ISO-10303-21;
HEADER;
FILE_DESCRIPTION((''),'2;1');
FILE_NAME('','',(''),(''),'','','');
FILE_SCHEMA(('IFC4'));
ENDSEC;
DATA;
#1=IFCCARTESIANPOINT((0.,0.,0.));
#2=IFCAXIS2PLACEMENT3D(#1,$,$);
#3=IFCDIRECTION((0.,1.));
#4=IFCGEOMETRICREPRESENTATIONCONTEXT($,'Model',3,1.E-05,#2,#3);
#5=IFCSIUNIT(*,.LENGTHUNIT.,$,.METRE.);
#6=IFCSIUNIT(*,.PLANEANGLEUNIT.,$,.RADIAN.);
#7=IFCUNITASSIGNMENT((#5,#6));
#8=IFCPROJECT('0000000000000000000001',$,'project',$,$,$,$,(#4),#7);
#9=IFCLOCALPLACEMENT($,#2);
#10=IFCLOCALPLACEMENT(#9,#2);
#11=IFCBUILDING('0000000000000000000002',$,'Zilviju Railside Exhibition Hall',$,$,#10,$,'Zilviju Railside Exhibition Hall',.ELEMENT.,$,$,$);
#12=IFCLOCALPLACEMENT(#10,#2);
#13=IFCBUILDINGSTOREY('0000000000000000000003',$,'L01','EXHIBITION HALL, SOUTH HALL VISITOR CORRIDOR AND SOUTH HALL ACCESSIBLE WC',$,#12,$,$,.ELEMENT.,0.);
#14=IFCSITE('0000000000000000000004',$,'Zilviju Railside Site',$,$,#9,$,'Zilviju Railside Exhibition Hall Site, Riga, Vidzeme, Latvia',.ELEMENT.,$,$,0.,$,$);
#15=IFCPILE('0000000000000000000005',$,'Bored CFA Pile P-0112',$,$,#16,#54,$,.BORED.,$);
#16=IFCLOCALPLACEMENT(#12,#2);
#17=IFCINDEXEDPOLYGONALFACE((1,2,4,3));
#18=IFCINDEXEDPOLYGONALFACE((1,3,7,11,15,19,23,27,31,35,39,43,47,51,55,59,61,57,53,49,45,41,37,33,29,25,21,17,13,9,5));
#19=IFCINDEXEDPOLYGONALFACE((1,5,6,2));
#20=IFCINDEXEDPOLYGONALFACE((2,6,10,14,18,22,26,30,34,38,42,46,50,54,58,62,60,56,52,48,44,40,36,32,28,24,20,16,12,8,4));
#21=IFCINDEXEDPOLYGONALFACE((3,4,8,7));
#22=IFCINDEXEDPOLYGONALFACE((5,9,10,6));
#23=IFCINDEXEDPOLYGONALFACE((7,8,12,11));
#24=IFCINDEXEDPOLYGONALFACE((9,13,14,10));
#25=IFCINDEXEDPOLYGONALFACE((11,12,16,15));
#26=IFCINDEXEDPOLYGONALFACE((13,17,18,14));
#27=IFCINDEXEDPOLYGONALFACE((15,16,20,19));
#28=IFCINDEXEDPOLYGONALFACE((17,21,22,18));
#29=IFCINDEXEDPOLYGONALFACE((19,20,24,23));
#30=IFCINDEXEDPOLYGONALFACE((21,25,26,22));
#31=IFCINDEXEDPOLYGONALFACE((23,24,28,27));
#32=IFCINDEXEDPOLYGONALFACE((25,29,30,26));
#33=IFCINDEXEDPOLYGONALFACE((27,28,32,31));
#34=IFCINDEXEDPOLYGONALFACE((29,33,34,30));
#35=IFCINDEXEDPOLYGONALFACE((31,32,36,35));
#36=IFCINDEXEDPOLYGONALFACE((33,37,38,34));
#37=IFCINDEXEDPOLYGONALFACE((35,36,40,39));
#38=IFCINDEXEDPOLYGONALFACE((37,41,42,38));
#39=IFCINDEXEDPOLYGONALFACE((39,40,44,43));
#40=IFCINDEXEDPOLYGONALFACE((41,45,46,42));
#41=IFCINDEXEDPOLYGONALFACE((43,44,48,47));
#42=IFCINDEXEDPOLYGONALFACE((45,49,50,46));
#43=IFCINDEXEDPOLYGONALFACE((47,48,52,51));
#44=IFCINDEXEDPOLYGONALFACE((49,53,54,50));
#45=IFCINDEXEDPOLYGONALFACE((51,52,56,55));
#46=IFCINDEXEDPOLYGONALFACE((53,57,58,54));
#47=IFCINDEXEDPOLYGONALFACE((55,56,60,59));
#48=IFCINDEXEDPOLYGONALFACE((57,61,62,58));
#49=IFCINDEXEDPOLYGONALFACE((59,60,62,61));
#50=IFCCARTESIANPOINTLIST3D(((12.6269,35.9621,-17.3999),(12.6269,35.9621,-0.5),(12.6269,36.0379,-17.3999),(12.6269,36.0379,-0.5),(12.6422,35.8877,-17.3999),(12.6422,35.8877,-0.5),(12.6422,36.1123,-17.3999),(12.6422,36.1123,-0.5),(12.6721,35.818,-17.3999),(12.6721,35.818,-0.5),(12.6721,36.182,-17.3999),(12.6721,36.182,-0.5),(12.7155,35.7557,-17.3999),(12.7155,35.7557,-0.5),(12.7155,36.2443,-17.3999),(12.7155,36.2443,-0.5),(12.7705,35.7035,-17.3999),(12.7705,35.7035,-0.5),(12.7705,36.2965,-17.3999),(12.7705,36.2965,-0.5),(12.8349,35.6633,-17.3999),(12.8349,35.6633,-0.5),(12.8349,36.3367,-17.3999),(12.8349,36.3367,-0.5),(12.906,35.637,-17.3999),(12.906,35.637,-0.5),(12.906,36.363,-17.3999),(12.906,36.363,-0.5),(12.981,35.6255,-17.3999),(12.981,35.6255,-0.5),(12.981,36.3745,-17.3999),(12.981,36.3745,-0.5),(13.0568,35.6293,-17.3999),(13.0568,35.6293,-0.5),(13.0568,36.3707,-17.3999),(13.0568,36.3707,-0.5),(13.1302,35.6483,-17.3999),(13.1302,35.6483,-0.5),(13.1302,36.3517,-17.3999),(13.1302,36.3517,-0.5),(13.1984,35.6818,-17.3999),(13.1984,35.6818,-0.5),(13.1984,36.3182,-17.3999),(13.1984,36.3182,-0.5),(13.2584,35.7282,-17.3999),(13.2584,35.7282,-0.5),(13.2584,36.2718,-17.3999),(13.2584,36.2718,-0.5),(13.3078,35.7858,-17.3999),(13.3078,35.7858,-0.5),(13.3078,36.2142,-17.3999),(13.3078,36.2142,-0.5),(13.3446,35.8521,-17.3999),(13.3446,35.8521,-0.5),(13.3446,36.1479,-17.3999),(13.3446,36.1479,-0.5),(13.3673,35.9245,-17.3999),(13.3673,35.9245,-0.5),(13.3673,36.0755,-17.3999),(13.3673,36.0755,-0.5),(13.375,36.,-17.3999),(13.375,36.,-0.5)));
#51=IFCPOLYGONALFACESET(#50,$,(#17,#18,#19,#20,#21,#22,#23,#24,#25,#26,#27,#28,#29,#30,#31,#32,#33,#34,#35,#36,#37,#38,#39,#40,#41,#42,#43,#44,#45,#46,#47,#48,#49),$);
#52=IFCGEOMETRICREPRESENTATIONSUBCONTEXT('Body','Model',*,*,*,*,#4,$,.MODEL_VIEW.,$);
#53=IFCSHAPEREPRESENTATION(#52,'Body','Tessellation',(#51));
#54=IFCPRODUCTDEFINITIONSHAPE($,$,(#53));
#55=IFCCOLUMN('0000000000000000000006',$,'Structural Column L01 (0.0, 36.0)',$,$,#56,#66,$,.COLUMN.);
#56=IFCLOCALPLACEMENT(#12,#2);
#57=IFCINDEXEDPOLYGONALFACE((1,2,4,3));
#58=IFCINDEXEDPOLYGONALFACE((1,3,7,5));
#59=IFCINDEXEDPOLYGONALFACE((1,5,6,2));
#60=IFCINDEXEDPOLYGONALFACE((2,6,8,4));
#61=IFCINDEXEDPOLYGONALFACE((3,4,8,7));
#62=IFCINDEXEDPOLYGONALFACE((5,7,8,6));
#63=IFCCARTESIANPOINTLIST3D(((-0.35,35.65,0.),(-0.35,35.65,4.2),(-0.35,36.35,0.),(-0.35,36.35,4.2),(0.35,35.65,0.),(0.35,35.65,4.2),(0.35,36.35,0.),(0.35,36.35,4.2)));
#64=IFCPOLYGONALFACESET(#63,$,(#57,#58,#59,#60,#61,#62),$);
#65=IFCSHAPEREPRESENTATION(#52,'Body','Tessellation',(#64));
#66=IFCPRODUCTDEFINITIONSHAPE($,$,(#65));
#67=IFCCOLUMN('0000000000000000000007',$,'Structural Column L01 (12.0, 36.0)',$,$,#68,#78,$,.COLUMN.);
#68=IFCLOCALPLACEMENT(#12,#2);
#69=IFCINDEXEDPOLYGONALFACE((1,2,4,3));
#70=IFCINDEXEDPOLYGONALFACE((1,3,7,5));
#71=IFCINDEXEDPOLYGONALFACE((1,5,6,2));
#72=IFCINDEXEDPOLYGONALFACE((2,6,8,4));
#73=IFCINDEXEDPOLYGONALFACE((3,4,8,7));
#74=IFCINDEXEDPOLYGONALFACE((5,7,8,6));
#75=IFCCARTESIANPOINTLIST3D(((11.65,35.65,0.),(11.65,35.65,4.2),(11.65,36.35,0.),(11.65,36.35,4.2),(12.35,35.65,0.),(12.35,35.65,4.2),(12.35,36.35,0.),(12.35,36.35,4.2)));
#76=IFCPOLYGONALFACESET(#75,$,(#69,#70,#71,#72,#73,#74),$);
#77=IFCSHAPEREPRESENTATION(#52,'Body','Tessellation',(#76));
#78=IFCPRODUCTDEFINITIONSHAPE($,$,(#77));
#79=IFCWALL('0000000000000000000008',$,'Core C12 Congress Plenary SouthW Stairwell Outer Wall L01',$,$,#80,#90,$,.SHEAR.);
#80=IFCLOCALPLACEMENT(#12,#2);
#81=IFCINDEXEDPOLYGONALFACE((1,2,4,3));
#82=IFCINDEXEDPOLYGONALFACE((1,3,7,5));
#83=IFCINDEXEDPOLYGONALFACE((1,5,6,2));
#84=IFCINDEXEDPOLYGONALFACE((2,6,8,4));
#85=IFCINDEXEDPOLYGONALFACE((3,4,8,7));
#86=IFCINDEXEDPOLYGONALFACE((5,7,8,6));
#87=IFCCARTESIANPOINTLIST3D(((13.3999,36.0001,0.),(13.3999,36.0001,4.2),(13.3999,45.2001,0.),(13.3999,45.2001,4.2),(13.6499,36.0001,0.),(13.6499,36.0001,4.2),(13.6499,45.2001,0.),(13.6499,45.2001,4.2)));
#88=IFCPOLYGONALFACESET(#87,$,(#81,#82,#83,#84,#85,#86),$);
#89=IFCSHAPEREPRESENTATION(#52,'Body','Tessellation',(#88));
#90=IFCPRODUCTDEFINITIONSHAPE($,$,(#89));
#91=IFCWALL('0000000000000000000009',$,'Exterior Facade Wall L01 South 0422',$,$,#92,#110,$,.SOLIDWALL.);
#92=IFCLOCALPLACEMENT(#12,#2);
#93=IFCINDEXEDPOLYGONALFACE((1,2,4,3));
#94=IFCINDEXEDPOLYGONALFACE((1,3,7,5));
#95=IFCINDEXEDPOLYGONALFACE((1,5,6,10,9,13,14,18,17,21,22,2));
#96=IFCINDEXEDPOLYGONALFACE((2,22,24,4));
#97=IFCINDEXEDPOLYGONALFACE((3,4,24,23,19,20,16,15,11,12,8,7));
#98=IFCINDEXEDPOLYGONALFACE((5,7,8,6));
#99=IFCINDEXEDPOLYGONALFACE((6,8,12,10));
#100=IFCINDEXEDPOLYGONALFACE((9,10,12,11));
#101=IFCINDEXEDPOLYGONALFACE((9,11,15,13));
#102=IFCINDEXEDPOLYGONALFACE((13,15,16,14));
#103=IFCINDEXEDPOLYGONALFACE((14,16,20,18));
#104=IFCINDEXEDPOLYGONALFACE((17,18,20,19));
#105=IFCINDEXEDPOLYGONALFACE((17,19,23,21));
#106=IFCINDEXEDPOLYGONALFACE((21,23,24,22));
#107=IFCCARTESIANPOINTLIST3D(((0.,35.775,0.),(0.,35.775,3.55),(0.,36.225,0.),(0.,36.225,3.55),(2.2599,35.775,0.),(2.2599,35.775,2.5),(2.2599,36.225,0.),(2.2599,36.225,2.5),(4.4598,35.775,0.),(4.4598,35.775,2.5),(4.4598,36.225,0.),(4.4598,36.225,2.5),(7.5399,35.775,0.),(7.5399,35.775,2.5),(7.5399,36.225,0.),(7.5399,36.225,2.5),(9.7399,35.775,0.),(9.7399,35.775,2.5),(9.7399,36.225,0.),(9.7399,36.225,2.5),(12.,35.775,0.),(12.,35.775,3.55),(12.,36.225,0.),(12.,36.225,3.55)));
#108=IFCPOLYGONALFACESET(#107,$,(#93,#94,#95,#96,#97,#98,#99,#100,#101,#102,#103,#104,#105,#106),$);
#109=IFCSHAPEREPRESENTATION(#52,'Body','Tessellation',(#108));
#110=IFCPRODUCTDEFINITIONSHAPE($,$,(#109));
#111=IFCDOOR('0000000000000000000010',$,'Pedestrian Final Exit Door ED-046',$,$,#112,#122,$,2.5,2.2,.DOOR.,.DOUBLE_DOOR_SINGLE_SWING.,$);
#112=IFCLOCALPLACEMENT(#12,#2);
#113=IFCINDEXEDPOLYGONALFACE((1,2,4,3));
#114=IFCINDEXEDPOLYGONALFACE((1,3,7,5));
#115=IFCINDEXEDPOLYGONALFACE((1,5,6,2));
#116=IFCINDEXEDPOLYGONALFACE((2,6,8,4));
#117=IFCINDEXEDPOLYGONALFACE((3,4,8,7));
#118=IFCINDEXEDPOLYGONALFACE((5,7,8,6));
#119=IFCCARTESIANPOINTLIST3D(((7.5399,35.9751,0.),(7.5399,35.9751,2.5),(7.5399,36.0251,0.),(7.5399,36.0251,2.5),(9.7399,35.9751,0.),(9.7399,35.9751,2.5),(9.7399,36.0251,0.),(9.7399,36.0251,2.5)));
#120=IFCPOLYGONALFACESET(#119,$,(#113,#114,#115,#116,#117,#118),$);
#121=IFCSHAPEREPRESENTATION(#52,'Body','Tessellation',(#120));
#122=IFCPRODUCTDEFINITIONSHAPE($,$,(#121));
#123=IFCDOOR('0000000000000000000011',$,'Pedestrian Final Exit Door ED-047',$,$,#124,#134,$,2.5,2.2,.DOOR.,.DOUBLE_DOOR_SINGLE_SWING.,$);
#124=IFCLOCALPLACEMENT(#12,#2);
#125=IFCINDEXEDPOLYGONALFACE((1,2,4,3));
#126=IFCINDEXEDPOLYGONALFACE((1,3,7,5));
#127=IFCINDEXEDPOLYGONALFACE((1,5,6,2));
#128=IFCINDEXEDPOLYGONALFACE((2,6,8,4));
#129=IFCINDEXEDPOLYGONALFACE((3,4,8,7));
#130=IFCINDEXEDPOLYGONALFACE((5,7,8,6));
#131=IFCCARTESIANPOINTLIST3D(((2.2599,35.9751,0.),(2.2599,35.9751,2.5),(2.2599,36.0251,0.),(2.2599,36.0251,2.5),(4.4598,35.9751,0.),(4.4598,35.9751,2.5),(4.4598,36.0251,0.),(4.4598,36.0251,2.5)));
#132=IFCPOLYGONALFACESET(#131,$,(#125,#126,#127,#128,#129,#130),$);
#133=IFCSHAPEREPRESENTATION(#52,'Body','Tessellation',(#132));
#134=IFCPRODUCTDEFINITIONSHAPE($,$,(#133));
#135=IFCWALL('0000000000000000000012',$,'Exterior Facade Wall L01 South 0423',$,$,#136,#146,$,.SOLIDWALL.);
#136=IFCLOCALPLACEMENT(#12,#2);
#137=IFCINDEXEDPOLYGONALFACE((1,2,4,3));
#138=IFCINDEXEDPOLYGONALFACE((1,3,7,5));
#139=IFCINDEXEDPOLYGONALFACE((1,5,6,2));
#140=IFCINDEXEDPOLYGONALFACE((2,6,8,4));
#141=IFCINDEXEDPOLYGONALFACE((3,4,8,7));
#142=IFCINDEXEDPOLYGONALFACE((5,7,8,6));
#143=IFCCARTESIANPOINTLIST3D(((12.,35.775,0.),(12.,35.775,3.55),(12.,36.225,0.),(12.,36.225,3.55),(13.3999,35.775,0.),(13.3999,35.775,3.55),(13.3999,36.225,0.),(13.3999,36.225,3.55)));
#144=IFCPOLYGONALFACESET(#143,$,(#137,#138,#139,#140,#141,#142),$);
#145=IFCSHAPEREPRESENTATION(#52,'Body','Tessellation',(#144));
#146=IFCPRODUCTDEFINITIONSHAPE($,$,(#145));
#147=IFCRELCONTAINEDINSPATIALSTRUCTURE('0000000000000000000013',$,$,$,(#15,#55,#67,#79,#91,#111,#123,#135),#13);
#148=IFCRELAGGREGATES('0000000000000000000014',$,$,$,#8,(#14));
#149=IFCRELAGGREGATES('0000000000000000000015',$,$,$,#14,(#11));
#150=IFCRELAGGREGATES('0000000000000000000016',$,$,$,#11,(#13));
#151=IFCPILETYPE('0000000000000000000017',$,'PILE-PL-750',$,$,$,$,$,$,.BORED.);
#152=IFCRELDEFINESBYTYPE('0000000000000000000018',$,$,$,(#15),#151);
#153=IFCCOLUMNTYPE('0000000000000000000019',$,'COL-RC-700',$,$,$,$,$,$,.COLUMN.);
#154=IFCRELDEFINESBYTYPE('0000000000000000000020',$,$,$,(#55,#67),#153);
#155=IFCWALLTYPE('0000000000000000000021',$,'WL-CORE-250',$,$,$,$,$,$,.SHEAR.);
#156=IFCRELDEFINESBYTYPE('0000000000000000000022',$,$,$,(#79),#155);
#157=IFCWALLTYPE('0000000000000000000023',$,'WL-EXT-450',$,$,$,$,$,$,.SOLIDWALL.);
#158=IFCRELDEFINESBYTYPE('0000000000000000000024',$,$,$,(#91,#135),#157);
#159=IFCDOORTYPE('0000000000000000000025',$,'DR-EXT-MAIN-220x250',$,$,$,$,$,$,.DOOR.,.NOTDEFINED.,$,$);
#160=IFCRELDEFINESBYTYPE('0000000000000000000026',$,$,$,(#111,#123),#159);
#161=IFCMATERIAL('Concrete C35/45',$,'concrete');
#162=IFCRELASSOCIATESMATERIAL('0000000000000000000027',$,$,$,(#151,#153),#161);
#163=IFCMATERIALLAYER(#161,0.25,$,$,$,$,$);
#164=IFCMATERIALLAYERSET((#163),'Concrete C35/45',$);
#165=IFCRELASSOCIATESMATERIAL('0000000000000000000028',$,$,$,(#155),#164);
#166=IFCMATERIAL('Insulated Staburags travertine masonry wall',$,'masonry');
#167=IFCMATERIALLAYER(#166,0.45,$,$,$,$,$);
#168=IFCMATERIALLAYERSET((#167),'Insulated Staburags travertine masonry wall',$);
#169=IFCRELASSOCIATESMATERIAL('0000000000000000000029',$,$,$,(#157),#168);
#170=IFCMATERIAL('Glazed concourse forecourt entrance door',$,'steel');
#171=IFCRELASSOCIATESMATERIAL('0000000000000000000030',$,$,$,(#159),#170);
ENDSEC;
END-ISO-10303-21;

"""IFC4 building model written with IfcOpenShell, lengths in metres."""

from ifc_helpers import new_model, si_unit, direction, frame, frame_2d, origin, origin_2d, place, context, subcontext, project, spatial, rectangle, circle, extrude, material, layer, layer_set, material_profile, profile_set, type_object, element, fill, save


model = new_model("IFC4")

# Units and contexts
model_context = context("Model", 3, precision=1e-05, world=origin(), true_north=direction((0.0, 1.0)))
body_context = subcontext(model_context, "Body", "Model", "MODEL_VIEW")
ifc_project = project(units=[si_unit("LENGTHUNIT", "METRE"), si_unit("PLANEANGLEUNIT", "RADIAN")], contexts=[model_context])

# Site, building, storey
site_placement = place(None, origin())
site = spatial("IfcSite", under=ifc_project, at=site_placement, Name="Zilviju Railside Site", LongName="Zilviju Railside Exhibition Hall Site, Riga, Vidzeme, Latvia", CompositionType="ELEMENT", RefElevation=0.0)
building_placement = place(site_placement, origin())
building = spatial("IfcBuilding", under=site, at=building_placement, Name="Zilviju Railside Exhibition Hall", LongName="Zilviju Railside Exhibition Hall", CompositionType="ELEMENT")
storey_placement = place(building_placement, origin())
storey = spatial("IfcBuildingStorey", under=building, at=storey_placement, Name="L01", Description="EXHIBITION HALL, SOUTH HALL VISITOR CORRIDOR AND SOUTH HALL ACCESSIBLE WC", CompositionType="ELEMENT", Elevation=0.0)

# Shared definitions
ifc_material_1 = material(Name="Concrete C35/45", Category="concrete")

# Pile
ifc_material_profile_1 = material_profile(ifc_material_1, circle(Radius=0.375, at=origin_2d()), Name="CFA PILE D750")
ifc_profile_set_1 = profile_set([ifc_material_profile_1], Name="Concrete C35/45")
pile_type = type_object("IfcPileType", Name="PILE-PL-750", PredefinedType="BORED", material=ifc_profile_set_1)
for number, where, z_axis, x_axis, name in (
    (1, (13.0, 36.0, -0.5), (0.0, 0.0, -1.0), (1.0, 0.0, 0.0), "Bored CFA Pile P-0112"),
):
    element("IfcPile", number, at=place(storey_placement, frame(where, z_axis=z_axis, x_axis=x_axis)), inside=storey, type_object=pile_type, Name=name, PredefinedType="BORED", context=body_context, shape_type="SweptSolid", body=[
        extrude(circle(Radius=0.375, at=origin_2d()), origin(), (0.0, 0.0, 1.0), 16.8999),
    ])

# Columns
ifc_material_profile_2 = material_profile(ifc_material_1, rectangle(XDim=0.7, YDim=0.7, at=origin_2d()), Name="RC COL 700x700")
ifc_profile_set_2 = profile_set([ifc_material_profile_2], Name="Concrete C35/45")
column_type = type_object("IfcColumnType", Name="COL-RC-700", PredefinedType="COLUMN", material=ifc_profile_set_2)
for number, where, z_axis, x_axis, name in (
    (2, (0.0, 36.0, 0.0), (0.0, 0.0, 1.0), (1.0, 0.0, 0.0), "Structural Column L01 (0.0, 36.0)"),
    (3, (12.0, 36.0, 0.0), (0.0, 0.0, 1.0), (1.0, 0.0, 0.0), "Structural Column L01 (12.0, 36.0)"),
):
    element("IfcColumn", number, at=place(storey_placement, frame(where, z_axis=z_axis, x_axis=x_axis)), inside=storey, type_object=column_type, Name=name, PredefinedType="COLUMN", context=body_context, shape_type="SweptSolid", body=[
        extrude(rectangle(XDim=0.7, YDim=0.7, at=origin_2d()), origin(), (0.0, 0.0, 1.0), 4.2),
    ])

# Wall
ifc_layer_1 = layer(ifc_material_1, 0.25)
ifc_layer_set_1 = layer_set([ifc_layer_1], Name="Concrete C35/45")
wall_type_1 = type_object("IfcWallType", Name="WL-CORE-250", PredefinedType="SHEAR", material=ifc_layer_set_1)
wall_1_placement = place(storey_placement, frame((13.5249, 36.0, 0.0), z_axis=(0.0, 0.0, 1.0), x_axis=(0.0, 1.0, 0.0)))
element("IfcWall", 4, at=wall_1_placement, inside=storey, type_object=wall_type_1, Name="Core C12 Congress Plenary SouthW Stairwell Outer Wall L01", PredefinedType="SHEAR", context=body_context, shape_type="SweptSolid", body=[
    extrude(rectangle(XDim=9.2, YDim=0.25, at=frame_2d((4.6001, 0.0))), origin(), (0.0, 0.0, 1.0), 4.2),
])

# Wall, openings, doors
ifc_material_2 = material(Name="Insulated Staburags travertine masonry wall", Category="masonry")
ifc_layer_2 = layer(ifc_material_2, 0.45)
ifc_layer_set_2 = layer_set([ifc_layer_2], Name="Insulated Staburags travertine masonry wall")
wall_type_2 = type_object("IfcWallType", Name="WL-EXT-450", PredefinedType="SOLIDWALL", material=ifc_layer_set_2)
wall_2_placement = place(storey_placement, frame((12.0, 36.0, 0.0), z_axis=(0.0, 0.0, 1.0), x_axis=(-1.0, 0.0, 0.0)))
wall_2 = element("IfcWall", 5, at=wall_2_placement, inside=storey, type_object=wall_type_2, Name="Exterior Facade Wall L01 South 0422", PredefinedType="SOLIDWALL", context=body_context, shape_type="SweptSolid", body=[
    extrude(rectangle(XDim=12.0, YDim=0.45, at=frame_2d((6.0, 0.0))), origin(), (0.0, 0.0, 1.0), 3.55),
])
opening_1_placement = place(wall_2_placement, frame((2.26, 0.0, 0.0)))
opening_1 = element("IfcOpeningElement", 6, at=opening_1_placement, cuts=wall_2, PredefinedType="OPENING", context=body_context, shape_type="SweptSolid", body=[
    extrude(rectangle(XDim=2.2, YDim=2.5, at=frame_2d((1.1001, 1.25))), frame((0.0, 0.2349, 0.0), z_axis=(0.0, -1.0, 0.0), x_axis=(1.0, 0.0, 0.0)), (0.0, 0.0, 1.0), 0.47),
])
opening_2_placement = place(wall_2_placement, frame((7.54, 0.0, 0.0)))
opening_2 = element("IfcOpeningElement", 7, at=opening_2_placement, cuts=wall_2, PredefinedType="OPENING", context=body_context, shape_type="SweptSolid", body=[
    extrude(rectangle(XDim=2.2, YDim=2.5, at=frame_2d((1.1001, 1.25))), frame((0.0, 0.2349, 0.0), z_axis=(0.0, -1.0, 0.0), x_axis=(1.0, 0.0, 0.0)), (0.0, 0.0, 1.0), 0.47),
])
ifc_material_3 = material(Name="Glazed concourse forecourt entrance door", Category="steel")
door_type_1 = type_object("IfcDoorType", Name="DR-EXT-MAIN-220x250", OperationType="NOTDEFINED", PredefinedType="DOOR", material=ifc_material_3)
door_1_placement = place(opening_1_placement, origin())
door_1 = element("IfcDoor", 8, at=door_1_placement, inside=storey, type_object=door_type_1, Name="Pedestrian Final Exit Door ED-046", OperationType="DOUBLE_DOOR_SINGLE_SWING", OverallHeight=2.5, OverallWidth=2.2, PredefinedType="DOOR", context=body_context, shape_type="SweptSolid", body=[
    extrude(rectangle(XDim=2.2, YDim=2.5, at=frame_2d((1.1001, 1.25))), frame((0.0, 0.0249, 0.0), z_axis=(0.0, -1.0, 0.0), x_axis=(1.0, 0.0, 0.0)), (0.0, 0.0, 1.0), 0.05),
])
fill(opening_1, door_1)
door_2_placement = place(opening_2_placement, origin())
door_2 = element("IfcDoor", 9, at=door_2_placement, inside=storey, type_object=door_type_1, Name="Pedestrian Final Exit Door ED-047", OperationType="DOUBLE_DOOR_SINGLE_SWING", OverallHeight=2.5, OverallWidth=2.2, PredefinedType="DOOR", context=body_context, shape_type="SweptSolid", body=[
    extrude(rectangle(XDim=2.2, YDim=2.5, at=frame_2d((1.1001, 1.25))), frame((0.0, 0.0249, 0.0), z_axis=(0.0, -1.0, 0.0), x_axis=(1.0, 0.0, 0.0)), (0.0, 0.0, 1.0), 0.05),
])
fill(opening_2, door_2)

# Wall
wall_3_placement = place(storey_placement, frame((13.3999, 36.0, 0.0), z_axis=(0.0, 0.0, 1.0), x_axis=(-1.0, 0.0, 0.0)))
element("IfcWall", 10, at=wall_3_placement, inside=storey, type_object=wall_type_2, Name="Exterior Facade Wall L01 South 0423", PredefinedType="SOLIDWALL", context=body_context, shape_type="SweptSolid", body=[
    extrude(rectangle(XDim=1.3999, YDim=0.45, at=frame_2d((0.7, 0.0))), origin(), (0.0, 0.0, 1.0), 3.55),
])

save(model, "model.ifc")
